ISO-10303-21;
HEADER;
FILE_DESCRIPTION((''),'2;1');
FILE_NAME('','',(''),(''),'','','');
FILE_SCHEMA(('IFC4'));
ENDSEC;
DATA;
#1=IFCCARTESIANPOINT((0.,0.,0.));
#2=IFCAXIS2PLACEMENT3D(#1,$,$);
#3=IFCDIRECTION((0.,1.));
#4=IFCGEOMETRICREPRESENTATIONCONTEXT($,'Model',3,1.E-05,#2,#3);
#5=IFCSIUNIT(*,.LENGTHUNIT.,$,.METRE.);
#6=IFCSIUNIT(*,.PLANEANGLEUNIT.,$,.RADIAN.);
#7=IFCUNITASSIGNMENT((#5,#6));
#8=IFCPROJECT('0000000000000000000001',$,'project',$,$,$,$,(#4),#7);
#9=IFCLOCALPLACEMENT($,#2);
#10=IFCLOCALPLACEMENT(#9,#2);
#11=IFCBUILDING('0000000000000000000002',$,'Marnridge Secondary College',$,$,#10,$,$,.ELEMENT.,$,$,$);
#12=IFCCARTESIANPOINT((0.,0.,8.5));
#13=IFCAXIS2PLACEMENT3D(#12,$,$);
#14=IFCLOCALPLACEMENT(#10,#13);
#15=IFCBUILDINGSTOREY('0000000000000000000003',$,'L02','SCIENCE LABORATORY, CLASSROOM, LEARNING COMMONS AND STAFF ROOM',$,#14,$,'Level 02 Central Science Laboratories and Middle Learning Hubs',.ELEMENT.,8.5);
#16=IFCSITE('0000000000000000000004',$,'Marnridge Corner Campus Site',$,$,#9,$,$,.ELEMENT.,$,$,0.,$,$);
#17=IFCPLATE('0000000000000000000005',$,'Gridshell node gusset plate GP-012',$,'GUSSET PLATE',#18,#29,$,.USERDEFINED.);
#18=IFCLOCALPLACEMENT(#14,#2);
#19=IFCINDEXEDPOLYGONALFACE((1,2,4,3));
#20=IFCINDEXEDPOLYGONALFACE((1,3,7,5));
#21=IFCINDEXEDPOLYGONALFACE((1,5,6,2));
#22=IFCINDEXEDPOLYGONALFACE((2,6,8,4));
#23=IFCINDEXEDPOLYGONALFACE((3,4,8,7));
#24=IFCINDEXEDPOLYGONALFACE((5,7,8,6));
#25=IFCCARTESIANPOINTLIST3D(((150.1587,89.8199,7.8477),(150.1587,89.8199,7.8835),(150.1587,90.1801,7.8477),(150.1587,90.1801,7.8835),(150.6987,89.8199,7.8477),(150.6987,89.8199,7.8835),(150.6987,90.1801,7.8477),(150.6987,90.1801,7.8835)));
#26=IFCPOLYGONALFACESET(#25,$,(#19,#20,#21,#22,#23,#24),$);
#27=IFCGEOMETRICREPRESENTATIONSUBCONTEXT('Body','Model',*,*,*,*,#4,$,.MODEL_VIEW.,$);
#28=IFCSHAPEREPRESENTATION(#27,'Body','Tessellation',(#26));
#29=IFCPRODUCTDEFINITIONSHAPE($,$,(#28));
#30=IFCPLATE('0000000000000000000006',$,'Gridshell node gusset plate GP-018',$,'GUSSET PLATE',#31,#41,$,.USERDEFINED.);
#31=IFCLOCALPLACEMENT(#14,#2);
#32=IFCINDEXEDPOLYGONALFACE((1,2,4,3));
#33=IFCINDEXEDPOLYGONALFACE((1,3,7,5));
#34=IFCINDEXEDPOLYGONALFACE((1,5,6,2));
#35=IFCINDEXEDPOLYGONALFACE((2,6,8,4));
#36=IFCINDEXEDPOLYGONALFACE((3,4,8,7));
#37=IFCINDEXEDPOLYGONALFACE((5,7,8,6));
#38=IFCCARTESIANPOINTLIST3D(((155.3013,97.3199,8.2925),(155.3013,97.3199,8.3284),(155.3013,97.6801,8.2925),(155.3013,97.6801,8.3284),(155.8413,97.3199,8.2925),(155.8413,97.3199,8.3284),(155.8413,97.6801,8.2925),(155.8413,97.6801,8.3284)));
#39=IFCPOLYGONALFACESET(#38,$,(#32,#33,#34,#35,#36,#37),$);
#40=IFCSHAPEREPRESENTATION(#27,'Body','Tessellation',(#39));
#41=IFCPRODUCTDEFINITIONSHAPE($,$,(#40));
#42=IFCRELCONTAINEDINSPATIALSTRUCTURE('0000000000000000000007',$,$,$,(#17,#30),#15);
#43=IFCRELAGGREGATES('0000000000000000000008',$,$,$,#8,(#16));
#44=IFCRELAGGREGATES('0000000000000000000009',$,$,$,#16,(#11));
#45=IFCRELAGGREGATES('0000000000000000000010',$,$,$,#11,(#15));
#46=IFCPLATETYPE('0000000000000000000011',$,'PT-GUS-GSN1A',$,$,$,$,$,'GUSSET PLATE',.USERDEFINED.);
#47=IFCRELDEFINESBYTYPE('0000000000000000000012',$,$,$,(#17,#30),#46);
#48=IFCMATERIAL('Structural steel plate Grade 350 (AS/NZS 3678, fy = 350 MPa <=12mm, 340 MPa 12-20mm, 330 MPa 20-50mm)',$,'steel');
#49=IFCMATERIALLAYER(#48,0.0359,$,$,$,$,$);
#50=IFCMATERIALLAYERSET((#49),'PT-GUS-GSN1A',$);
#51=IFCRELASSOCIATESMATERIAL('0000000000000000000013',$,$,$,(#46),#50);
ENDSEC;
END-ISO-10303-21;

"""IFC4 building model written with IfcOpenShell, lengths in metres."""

from ifc_helpers import new_model, si_unit, direction, frame, origin, origin_2d, place, context, subcontext, project, spatial, rectangle, extrude, material, layer, layer_set, type_object, element, save


model = new_model("IFC4")

# Units and contexts
model_context = context("Model", 3, precision=1e-05, world=origin(), true_north=direction((0.0, 1.0)))
body_context = subcontext(model_context, "Body", "Model", "MODEL_VIEW")
ifc_project = project(units=[si_unit("LENGTHUNIT", "METRE"), si_unit("PLANEANGLEUNIT", "RADIAN")], contexts=[model_context])

# Site, building, storey
site_placement = place(None, origin())
site = spatial("IfcSite", under=ifc_project, at=site_placement, Name="Marnridge Corner Campus Site", CompositionType="ELEMENT", RefElevation=0.0)
building_placement = place(site_placement, origin())
building = spatial("IfcBuilding", under=site, at=building_placement, Name="Marnridge Secondary College", CompositionType="ELEMENT")
storey_placement = place(building_placement, frame((0.0, 0.0, 8.5)))
storey = spatial("IfcBuildingStorey", under=building, at=storey_placement, Name="L02", Description="SCIENCE LABORATORY, CLASSROOM, LEARNING COMMONS AND STAFF ROOM", LongName="Level 02 Central Science Laboratories and Middle Learning Hubs", CompositionType="ELEMENT", Elevation=8.5)

# Plates
ifc_material_1 = material(Name="Structural steel plate Grade 350 (AS/NZS 3678, fy = 350 MPa <=12mm, 340 MPa 12-20mm, 330 MPa 20-50mm)", Category="steel")
ifc_layer_1 = layer(ifc_material_1, 0.0359)
ifc_layer_set_1 = layer_set([ifc_layer_1], Name="PT-GUS-GSN1A")
plate_type_1 = type_object("IfcPlateType", Name="PT-GUS-GSN1A", ElementType="GUSSET PLATE", PredefinedType="USERDEFINED", material=ifc_layer_set_1)
for number, where, z_axis, x_axis, name in (
    (1, (150.4287, 90.0, 7.8477), (0.0, 0.0, 1.0), (1.0, 0.0, 0.0), "Gridshell node gusset plate GP-012"),
    (2, (155.5713, 97.5, 8.2925), (0.0, 0.0, 1.0), (1.0, 0.0, 0.0), "Gridshell node gusset plate GP-018"),
):
    element("IfcPlate", number, at=place(storey_placement, frame(where, z_axis=z_axis, x_axis=x_axis)), inside=storey, type_object=plate_type_1, Name=name, ObjectType="GUSSET PLATE", PredefinedType="USERDEFINED", context=body_context, shape_type="SweptSolid", body=[
        extrude(rectangle(XDim=0.54, YDim=0.3601, at=origin_2d()), origin(), (0.0, 0.0, 1.0), 0.0359),
    ])

save(model, "model.ifc")
